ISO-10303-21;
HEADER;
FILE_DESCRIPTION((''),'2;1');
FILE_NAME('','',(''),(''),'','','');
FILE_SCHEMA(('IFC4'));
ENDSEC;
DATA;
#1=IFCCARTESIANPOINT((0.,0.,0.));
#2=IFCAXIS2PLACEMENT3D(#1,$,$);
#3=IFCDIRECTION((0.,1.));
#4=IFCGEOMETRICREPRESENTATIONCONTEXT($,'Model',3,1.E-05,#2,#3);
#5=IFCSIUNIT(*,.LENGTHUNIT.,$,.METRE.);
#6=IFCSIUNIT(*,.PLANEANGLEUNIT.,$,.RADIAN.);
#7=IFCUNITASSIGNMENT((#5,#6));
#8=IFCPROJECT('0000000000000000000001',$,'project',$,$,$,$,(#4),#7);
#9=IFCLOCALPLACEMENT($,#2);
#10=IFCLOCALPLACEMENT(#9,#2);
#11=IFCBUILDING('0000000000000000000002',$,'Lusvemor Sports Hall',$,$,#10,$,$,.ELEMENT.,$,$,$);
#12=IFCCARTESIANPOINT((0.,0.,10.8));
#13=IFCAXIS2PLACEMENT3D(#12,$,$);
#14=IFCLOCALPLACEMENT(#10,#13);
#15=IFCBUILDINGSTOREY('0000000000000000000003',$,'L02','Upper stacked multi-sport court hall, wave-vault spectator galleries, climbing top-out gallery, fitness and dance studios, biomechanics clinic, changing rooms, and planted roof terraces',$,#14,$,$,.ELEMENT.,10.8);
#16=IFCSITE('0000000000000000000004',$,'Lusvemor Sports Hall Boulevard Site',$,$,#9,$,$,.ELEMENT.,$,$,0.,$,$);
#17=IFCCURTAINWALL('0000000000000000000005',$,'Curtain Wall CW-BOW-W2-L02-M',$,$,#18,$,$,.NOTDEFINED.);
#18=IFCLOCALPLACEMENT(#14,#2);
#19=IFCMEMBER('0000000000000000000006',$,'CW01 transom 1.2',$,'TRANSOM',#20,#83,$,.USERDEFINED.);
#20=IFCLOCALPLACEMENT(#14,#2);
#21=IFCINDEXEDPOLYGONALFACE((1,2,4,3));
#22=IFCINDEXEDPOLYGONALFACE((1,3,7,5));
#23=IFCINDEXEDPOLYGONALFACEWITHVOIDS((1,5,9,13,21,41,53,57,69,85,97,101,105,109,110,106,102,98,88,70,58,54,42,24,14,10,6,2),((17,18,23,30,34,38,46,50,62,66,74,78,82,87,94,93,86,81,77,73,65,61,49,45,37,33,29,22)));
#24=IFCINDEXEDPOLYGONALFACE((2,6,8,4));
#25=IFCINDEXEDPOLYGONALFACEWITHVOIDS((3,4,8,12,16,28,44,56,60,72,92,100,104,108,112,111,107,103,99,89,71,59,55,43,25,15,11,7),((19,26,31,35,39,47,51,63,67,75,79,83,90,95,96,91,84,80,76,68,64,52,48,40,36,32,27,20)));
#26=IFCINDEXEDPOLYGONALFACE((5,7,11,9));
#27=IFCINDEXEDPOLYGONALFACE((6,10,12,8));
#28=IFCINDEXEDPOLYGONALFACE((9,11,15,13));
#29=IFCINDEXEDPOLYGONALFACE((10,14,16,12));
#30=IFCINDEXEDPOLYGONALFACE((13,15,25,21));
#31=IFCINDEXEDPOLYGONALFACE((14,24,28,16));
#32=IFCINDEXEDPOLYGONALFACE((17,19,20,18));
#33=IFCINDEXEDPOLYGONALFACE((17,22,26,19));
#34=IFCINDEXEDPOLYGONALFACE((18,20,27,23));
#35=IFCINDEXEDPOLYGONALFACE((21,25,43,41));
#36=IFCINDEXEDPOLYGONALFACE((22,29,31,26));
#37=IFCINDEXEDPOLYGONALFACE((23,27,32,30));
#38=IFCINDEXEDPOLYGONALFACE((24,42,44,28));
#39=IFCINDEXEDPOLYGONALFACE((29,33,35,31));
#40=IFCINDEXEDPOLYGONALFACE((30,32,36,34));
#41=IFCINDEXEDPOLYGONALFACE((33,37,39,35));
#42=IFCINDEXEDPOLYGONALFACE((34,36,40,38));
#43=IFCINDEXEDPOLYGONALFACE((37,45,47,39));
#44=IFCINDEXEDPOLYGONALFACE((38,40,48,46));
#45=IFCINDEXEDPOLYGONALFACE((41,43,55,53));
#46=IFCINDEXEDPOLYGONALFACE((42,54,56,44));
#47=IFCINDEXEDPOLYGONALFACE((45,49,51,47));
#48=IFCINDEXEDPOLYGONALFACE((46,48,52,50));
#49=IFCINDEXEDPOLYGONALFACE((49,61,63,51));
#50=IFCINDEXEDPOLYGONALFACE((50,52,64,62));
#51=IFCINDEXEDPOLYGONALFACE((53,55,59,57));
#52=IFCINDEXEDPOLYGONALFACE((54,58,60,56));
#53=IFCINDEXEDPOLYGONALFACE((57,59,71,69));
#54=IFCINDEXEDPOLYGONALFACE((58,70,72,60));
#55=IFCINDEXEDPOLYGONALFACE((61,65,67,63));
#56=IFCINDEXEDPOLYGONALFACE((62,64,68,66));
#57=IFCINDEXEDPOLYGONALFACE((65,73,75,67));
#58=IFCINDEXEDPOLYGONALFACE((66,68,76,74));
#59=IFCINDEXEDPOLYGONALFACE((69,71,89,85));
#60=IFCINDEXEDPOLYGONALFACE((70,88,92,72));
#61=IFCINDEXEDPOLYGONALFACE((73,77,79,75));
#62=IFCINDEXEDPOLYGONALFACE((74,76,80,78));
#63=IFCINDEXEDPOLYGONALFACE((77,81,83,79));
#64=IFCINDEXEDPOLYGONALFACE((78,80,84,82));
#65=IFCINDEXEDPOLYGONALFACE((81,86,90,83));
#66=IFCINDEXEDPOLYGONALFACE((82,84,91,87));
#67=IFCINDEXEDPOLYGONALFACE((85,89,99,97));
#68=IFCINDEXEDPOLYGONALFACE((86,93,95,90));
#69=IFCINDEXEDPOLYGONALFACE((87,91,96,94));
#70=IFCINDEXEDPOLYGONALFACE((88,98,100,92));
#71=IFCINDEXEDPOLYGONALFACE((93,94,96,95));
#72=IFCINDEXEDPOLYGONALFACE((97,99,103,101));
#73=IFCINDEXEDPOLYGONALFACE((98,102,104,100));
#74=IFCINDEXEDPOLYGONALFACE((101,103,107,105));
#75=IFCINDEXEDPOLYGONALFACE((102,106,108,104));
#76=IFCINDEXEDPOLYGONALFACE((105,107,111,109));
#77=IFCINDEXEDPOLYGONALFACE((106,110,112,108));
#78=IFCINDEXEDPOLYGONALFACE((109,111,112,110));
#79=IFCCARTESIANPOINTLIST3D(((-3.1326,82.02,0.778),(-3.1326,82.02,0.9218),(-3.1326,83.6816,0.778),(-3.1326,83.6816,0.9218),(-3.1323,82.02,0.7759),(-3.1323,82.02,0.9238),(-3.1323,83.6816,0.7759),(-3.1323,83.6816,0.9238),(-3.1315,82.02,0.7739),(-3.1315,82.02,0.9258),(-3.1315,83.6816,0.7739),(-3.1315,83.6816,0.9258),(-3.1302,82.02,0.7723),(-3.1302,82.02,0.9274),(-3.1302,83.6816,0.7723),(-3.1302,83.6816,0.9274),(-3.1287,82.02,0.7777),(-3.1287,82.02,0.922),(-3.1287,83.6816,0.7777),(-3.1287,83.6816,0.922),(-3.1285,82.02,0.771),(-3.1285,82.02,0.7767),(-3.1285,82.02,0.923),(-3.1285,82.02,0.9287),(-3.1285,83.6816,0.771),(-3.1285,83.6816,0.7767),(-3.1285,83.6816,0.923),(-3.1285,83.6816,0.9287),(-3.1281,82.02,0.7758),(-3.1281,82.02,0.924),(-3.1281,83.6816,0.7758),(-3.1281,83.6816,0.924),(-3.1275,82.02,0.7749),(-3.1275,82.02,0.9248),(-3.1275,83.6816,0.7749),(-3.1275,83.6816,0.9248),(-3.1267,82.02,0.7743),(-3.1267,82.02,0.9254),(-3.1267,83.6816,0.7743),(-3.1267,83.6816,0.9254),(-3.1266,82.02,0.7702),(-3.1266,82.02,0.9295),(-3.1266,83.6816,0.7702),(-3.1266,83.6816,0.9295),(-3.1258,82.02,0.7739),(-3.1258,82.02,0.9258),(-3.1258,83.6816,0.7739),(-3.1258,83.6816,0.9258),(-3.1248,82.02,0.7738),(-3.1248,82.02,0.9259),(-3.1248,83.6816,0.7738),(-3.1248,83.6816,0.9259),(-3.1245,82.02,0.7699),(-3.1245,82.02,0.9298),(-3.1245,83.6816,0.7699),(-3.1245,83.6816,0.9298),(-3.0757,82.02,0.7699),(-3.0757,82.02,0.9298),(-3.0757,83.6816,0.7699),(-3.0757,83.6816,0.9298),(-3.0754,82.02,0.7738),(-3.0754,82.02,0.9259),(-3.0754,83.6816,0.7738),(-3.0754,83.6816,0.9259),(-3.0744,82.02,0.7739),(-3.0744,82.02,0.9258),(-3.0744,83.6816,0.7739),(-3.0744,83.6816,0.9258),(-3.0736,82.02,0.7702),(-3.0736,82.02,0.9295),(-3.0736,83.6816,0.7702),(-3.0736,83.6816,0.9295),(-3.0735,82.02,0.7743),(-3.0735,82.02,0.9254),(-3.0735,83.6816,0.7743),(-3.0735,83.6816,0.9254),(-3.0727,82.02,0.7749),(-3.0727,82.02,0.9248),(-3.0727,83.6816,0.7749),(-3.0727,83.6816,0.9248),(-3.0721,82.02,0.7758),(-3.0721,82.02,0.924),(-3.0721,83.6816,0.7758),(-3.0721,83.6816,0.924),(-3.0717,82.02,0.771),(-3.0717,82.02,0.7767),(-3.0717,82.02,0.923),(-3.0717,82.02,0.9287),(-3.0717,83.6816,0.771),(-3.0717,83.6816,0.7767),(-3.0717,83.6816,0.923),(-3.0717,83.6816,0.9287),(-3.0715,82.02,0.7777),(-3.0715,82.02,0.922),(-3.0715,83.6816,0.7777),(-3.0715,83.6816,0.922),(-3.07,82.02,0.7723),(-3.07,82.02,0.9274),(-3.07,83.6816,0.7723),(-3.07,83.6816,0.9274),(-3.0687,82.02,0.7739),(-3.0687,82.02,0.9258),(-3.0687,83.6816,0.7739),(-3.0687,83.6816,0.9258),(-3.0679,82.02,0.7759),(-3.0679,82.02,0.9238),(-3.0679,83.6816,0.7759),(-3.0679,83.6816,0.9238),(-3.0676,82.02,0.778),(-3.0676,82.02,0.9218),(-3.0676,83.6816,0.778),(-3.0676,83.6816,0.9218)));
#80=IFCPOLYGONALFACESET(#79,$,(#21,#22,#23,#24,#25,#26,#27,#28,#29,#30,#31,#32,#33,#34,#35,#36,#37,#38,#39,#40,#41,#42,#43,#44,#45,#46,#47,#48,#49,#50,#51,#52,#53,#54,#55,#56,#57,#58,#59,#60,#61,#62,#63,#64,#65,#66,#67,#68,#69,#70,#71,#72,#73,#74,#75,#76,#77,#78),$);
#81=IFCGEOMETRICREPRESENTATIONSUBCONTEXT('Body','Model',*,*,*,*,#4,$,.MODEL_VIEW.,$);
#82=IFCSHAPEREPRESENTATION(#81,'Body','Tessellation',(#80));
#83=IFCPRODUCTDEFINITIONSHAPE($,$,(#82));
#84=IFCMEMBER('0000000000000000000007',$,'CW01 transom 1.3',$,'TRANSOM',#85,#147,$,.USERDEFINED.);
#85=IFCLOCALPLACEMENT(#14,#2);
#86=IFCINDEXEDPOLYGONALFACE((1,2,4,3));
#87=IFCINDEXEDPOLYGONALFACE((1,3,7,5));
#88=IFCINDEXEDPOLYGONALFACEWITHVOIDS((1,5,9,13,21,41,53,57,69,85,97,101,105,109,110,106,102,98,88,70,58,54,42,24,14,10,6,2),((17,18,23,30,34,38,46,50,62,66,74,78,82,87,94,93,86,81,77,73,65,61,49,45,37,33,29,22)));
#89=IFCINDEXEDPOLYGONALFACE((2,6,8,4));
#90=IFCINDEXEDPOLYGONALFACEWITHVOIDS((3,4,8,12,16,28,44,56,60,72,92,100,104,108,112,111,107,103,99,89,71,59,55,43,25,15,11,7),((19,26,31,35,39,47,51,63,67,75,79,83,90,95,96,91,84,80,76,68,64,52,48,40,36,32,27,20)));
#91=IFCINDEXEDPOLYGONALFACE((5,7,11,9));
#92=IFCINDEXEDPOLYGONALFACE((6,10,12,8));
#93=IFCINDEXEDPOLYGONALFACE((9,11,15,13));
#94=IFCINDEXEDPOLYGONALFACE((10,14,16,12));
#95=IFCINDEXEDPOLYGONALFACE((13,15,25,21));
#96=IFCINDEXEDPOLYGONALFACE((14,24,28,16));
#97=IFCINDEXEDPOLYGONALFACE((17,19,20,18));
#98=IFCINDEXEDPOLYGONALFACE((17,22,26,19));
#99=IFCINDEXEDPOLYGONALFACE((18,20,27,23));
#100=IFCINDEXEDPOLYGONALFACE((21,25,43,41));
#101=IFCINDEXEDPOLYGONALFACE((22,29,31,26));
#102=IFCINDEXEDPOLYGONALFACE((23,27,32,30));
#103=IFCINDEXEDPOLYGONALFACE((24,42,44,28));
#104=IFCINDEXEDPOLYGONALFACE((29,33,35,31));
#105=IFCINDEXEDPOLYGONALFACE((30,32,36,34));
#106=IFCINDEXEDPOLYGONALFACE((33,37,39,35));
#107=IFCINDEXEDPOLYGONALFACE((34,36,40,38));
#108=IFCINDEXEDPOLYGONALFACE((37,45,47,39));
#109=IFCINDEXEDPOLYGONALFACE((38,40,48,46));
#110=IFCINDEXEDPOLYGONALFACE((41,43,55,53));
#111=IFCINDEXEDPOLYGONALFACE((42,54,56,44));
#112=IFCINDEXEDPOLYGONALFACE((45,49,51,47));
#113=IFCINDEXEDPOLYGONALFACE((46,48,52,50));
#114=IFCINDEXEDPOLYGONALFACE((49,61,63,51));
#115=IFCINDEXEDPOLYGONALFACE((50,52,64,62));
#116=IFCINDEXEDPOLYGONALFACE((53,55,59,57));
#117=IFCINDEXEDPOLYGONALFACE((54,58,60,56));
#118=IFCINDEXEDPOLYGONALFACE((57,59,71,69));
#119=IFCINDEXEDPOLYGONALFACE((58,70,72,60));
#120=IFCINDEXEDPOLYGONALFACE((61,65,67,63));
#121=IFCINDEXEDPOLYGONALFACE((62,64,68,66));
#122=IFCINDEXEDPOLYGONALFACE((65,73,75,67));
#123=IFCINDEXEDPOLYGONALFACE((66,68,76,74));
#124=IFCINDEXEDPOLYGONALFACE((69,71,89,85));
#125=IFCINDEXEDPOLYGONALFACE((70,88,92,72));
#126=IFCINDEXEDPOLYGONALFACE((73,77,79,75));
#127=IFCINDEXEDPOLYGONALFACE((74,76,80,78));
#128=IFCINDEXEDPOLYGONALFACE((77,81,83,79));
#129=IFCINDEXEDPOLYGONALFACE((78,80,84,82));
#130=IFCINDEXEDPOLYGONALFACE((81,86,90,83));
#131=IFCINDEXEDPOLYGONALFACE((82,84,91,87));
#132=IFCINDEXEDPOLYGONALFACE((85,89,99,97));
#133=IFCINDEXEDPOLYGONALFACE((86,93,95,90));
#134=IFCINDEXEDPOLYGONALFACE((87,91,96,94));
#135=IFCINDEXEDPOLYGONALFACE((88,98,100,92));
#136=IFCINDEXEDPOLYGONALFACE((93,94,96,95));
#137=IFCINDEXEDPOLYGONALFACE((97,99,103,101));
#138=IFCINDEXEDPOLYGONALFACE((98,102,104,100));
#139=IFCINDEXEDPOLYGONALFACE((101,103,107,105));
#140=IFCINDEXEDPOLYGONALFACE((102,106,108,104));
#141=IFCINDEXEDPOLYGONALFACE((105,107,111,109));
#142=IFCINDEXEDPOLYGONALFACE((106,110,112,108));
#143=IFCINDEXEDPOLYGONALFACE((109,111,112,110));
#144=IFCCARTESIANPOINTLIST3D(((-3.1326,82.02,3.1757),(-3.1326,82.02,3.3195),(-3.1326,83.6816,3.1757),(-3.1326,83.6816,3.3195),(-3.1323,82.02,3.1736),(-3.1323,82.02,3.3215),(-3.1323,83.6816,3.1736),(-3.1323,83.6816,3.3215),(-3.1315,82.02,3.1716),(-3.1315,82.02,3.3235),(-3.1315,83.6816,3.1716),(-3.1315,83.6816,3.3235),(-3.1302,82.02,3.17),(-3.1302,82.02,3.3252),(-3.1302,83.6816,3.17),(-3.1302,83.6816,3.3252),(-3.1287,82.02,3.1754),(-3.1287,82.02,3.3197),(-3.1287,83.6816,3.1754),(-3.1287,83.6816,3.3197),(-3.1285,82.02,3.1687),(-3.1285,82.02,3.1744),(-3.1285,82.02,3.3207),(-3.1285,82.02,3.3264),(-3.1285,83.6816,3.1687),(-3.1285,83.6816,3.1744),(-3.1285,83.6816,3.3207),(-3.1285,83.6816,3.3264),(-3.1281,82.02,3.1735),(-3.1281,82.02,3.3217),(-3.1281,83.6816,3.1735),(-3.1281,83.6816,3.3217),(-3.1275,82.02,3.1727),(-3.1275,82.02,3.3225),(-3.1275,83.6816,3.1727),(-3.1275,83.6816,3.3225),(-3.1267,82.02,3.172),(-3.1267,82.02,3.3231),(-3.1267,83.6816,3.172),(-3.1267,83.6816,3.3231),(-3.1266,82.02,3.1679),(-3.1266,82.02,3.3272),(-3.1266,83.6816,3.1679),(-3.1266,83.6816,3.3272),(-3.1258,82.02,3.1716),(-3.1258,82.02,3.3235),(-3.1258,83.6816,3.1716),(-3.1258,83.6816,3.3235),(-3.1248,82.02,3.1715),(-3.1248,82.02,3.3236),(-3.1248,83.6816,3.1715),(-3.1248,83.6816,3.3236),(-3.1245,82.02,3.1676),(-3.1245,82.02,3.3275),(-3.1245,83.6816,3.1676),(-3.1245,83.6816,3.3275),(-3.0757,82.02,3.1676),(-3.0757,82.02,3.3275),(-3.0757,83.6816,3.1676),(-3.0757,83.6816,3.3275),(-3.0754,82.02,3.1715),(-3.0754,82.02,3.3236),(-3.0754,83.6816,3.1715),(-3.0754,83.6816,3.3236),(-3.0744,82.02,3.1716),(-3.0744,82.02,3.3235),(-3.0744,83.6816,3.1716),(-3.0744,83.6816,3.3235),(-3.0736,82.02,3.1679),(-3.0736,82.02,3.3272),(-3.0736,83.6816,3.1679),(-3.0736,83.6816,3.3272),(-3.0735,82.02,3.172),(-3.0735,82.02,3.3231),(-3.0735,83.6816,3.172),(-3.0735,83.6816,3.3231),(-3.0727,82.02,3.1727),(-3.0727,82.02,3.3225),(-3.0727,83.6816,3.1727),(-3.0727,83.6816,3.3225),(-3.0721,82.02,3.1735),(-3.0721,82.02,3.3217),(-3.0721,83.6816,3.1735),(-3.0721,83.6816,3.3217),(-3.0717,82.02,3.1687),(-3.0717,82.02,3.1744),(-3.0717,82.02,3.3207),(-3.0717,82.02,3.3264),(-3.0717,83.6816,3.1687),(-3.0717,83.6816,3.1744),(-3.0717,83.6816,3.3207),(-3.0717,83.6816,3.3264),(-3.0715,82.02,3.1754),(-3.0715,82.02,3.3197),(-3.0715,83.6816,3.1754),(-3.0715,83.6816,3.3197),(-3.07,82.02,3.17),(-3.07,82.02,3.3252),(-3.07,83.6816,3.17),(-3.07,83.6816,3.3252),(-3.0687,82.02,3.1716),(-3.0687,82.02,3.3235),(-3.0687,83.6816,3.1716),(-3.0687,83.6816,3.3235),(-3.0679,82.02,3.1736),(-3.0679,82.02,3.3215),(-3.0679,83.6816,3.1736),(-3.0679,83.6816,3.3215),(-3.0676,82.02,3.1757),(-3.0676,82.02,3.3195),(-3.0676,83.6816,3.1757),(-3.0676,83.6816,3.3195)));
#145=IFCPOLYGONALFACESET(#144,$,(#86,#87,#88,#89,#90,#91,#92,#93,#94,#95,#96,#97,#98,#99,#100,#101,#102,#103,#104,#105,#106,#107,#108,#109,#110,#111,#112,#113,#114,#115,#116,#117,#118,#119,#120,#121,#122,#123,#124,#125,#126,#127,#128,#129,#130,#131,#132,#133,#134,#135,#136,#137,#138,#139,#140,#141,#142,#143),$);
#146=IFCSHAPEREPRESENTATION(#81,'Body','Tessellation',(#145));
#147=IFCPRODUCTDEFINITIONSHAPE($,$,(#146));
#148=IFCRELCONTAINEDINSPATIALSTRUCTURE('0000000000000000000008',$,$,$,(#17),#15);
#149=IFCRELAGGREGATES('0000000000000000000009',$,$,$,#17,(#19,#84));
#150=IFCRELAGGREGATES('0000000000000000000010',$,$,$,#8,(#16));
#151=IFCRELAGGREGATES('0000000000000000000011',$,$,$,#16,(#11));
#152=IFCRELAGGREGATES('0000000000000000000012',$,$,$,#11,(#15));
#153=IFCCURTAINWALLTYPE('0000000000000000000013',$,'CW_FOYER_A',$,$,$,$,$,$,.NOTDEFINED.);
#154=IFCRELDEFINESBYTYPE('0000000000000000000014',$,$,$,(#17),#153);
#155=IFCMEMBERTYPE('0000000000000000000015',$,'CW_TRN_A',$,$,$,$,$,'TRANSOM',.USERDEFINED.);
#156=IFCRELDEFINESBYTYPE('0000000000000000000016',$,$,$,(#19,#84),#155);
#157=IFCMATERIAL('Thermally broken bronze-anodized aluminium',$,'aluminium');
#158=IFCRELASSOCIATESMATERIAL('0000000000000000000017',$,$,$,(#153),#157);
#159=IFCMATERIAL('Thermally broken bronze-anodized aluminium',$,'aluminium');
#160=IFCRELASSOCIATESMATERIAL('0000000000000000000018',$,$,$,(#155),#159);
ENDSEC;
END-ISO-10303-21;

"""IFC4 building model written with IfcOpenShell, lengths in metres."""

from ifc_helpers import new_model, si_unit, direction, frame, origin, origin_2d, place, context, subcontext, project, spatial, hollow_rectangle, extrude, material, material_profile, profile_set, type_object, element, aggregate, save


model = new_model("IFC4")

# Units and contexts
model_context = context("Model", 3, precision=1e-05, world=origin(), true_north=direction((0.0, 1.0)))
body_context = subcontext(model_context, "Body", "Model", "MODEL_VIEW")
ifc_project = project(units=[si_unit("LENGTHUNIT", "METRE"), si_unit("PLANEANGLEUNIT", "RADIAN")], contexts=[model_context])

# Site, building, storey
site_placement = place(None, origin())
site = spatial("IfcSite", under=ifc_project, at=site_placement, Name="Lusvemor Sports Hall Boulevard Site", CompositionType="ELEMENT", RefElevation=0.0)
building_placement = place(site_placement, origin())
building = spatial("IfcBuilding", under=site, at=building_placement, Name="Lusvemor Sports Hall", CompositionType="ELEMENT")
storey_placement = place(building_placement, frame((0.0, 0.0, 10.8)))
storey = spatial("IfcBuildingStorey", under=building, at=storey_placement, Name="L02", Description="Upper stacked multi-sport court hall, wave-vault spectator galleries, climbing top-out gallery, fitness and dance studios, biomechanics clinic, changing rooms, and planted roof terraces", CompositionType="ELEMENT", Elevation=10.8)

# Curtain wall, members
ifc_material_1 = material(Name="Thermally broken bronze-anodized aluminium", Category="aluminium")
curtain_wall_type = type_object("IfcCurtainWallType", Name="CW_FOYER_A", PredefinedType="NOTDEFINED", material=ifc_material_1)
curtain_wall_placement = place(storey_placement, origin())
curtain_wall = element("IfcCurtainWall", 1, at=curtain_wall_placement, inside=storey, type_object=curtain_wall_type, Name="Curtain Wall CW-BOW-W2-L02-M", PredefinedType="NOTDEFINED")
ifc_material_2 = material(Name="Thermally broken bronze-anodized aluminium", Category="aluminium")
ifc_material_profile_1 = material_profile(ifc_material_2, hollow_rectangle(XDim=0.0649, YDim=0.1599, WallThickness=0.0039, InnerFilletRadius=0.0039, OuterFilletRadius=0.0081, at=origin_2d()), Name="CWTRN160x65x4")
ifc_profile_set_1 = profile_set([ifc_material_profile_1], Name="Thermally broken bronze-anodized aluminium")
member_type_1 = type_object("IfcMemberType", Name="CW_TRN_A", ElementType="TRANSOM", PredefinedType="USERDEFINED", material=ifc_profile_set_1)
member_1_placement = place(storey_placement, frame((-3.1001, 82.02, 0.8499), z_axis=(0.0, 1.0, 0.0), x_axis=(-1.0, 0.0, 0.0)))
member_1 = element("IfcMember", 2, at=member_1_placement, type_object=member_type_1, Name="CW01 transom 1.2", ObjectType="TRANSOM", PredefinedType="USERDEFINED", context=body_context, shape_type="SweptSolid", body=[
    extrude(hollow_rectangle(XDim=0.0649, YDim=0.1599, WallThickness=0.0039, InnerFilletRadius=0.0039, OuterFilletRadius=0.0081, at=origin_2d()), origin(), (0.0, 0.0, 1.0), 1.6616),
])
member_2_placement = place(storey_placement, frame((-3.1001, 82.02, 3.2476), z_axis=(0.0, 1.0, 0.0), x_axis=(-1.0, 0.0, 0.0)))
member_2 = element("IfcMember", 3, at=member_2_placement, type_object=member_type_1, Name="CW01 transom 1.3", ObjectType="TRANSOM", PredefinedType="USERDEFINED", context=body_context, shape_type="SweptSolid", body=[
    extrude(hollow_rectangle(XDim=0.0649, YDim=0.1599, WallThickness=0.0039, InnerFilletRadius=0.0039, OuterFilletRadius=0.0081, at=origin_2d()), origin(), (0.0, 0.0, 1.0), 1.6616),
])

aggregate(curtain_wall, [member_1, member_2])

save(model, "model.ifc")
